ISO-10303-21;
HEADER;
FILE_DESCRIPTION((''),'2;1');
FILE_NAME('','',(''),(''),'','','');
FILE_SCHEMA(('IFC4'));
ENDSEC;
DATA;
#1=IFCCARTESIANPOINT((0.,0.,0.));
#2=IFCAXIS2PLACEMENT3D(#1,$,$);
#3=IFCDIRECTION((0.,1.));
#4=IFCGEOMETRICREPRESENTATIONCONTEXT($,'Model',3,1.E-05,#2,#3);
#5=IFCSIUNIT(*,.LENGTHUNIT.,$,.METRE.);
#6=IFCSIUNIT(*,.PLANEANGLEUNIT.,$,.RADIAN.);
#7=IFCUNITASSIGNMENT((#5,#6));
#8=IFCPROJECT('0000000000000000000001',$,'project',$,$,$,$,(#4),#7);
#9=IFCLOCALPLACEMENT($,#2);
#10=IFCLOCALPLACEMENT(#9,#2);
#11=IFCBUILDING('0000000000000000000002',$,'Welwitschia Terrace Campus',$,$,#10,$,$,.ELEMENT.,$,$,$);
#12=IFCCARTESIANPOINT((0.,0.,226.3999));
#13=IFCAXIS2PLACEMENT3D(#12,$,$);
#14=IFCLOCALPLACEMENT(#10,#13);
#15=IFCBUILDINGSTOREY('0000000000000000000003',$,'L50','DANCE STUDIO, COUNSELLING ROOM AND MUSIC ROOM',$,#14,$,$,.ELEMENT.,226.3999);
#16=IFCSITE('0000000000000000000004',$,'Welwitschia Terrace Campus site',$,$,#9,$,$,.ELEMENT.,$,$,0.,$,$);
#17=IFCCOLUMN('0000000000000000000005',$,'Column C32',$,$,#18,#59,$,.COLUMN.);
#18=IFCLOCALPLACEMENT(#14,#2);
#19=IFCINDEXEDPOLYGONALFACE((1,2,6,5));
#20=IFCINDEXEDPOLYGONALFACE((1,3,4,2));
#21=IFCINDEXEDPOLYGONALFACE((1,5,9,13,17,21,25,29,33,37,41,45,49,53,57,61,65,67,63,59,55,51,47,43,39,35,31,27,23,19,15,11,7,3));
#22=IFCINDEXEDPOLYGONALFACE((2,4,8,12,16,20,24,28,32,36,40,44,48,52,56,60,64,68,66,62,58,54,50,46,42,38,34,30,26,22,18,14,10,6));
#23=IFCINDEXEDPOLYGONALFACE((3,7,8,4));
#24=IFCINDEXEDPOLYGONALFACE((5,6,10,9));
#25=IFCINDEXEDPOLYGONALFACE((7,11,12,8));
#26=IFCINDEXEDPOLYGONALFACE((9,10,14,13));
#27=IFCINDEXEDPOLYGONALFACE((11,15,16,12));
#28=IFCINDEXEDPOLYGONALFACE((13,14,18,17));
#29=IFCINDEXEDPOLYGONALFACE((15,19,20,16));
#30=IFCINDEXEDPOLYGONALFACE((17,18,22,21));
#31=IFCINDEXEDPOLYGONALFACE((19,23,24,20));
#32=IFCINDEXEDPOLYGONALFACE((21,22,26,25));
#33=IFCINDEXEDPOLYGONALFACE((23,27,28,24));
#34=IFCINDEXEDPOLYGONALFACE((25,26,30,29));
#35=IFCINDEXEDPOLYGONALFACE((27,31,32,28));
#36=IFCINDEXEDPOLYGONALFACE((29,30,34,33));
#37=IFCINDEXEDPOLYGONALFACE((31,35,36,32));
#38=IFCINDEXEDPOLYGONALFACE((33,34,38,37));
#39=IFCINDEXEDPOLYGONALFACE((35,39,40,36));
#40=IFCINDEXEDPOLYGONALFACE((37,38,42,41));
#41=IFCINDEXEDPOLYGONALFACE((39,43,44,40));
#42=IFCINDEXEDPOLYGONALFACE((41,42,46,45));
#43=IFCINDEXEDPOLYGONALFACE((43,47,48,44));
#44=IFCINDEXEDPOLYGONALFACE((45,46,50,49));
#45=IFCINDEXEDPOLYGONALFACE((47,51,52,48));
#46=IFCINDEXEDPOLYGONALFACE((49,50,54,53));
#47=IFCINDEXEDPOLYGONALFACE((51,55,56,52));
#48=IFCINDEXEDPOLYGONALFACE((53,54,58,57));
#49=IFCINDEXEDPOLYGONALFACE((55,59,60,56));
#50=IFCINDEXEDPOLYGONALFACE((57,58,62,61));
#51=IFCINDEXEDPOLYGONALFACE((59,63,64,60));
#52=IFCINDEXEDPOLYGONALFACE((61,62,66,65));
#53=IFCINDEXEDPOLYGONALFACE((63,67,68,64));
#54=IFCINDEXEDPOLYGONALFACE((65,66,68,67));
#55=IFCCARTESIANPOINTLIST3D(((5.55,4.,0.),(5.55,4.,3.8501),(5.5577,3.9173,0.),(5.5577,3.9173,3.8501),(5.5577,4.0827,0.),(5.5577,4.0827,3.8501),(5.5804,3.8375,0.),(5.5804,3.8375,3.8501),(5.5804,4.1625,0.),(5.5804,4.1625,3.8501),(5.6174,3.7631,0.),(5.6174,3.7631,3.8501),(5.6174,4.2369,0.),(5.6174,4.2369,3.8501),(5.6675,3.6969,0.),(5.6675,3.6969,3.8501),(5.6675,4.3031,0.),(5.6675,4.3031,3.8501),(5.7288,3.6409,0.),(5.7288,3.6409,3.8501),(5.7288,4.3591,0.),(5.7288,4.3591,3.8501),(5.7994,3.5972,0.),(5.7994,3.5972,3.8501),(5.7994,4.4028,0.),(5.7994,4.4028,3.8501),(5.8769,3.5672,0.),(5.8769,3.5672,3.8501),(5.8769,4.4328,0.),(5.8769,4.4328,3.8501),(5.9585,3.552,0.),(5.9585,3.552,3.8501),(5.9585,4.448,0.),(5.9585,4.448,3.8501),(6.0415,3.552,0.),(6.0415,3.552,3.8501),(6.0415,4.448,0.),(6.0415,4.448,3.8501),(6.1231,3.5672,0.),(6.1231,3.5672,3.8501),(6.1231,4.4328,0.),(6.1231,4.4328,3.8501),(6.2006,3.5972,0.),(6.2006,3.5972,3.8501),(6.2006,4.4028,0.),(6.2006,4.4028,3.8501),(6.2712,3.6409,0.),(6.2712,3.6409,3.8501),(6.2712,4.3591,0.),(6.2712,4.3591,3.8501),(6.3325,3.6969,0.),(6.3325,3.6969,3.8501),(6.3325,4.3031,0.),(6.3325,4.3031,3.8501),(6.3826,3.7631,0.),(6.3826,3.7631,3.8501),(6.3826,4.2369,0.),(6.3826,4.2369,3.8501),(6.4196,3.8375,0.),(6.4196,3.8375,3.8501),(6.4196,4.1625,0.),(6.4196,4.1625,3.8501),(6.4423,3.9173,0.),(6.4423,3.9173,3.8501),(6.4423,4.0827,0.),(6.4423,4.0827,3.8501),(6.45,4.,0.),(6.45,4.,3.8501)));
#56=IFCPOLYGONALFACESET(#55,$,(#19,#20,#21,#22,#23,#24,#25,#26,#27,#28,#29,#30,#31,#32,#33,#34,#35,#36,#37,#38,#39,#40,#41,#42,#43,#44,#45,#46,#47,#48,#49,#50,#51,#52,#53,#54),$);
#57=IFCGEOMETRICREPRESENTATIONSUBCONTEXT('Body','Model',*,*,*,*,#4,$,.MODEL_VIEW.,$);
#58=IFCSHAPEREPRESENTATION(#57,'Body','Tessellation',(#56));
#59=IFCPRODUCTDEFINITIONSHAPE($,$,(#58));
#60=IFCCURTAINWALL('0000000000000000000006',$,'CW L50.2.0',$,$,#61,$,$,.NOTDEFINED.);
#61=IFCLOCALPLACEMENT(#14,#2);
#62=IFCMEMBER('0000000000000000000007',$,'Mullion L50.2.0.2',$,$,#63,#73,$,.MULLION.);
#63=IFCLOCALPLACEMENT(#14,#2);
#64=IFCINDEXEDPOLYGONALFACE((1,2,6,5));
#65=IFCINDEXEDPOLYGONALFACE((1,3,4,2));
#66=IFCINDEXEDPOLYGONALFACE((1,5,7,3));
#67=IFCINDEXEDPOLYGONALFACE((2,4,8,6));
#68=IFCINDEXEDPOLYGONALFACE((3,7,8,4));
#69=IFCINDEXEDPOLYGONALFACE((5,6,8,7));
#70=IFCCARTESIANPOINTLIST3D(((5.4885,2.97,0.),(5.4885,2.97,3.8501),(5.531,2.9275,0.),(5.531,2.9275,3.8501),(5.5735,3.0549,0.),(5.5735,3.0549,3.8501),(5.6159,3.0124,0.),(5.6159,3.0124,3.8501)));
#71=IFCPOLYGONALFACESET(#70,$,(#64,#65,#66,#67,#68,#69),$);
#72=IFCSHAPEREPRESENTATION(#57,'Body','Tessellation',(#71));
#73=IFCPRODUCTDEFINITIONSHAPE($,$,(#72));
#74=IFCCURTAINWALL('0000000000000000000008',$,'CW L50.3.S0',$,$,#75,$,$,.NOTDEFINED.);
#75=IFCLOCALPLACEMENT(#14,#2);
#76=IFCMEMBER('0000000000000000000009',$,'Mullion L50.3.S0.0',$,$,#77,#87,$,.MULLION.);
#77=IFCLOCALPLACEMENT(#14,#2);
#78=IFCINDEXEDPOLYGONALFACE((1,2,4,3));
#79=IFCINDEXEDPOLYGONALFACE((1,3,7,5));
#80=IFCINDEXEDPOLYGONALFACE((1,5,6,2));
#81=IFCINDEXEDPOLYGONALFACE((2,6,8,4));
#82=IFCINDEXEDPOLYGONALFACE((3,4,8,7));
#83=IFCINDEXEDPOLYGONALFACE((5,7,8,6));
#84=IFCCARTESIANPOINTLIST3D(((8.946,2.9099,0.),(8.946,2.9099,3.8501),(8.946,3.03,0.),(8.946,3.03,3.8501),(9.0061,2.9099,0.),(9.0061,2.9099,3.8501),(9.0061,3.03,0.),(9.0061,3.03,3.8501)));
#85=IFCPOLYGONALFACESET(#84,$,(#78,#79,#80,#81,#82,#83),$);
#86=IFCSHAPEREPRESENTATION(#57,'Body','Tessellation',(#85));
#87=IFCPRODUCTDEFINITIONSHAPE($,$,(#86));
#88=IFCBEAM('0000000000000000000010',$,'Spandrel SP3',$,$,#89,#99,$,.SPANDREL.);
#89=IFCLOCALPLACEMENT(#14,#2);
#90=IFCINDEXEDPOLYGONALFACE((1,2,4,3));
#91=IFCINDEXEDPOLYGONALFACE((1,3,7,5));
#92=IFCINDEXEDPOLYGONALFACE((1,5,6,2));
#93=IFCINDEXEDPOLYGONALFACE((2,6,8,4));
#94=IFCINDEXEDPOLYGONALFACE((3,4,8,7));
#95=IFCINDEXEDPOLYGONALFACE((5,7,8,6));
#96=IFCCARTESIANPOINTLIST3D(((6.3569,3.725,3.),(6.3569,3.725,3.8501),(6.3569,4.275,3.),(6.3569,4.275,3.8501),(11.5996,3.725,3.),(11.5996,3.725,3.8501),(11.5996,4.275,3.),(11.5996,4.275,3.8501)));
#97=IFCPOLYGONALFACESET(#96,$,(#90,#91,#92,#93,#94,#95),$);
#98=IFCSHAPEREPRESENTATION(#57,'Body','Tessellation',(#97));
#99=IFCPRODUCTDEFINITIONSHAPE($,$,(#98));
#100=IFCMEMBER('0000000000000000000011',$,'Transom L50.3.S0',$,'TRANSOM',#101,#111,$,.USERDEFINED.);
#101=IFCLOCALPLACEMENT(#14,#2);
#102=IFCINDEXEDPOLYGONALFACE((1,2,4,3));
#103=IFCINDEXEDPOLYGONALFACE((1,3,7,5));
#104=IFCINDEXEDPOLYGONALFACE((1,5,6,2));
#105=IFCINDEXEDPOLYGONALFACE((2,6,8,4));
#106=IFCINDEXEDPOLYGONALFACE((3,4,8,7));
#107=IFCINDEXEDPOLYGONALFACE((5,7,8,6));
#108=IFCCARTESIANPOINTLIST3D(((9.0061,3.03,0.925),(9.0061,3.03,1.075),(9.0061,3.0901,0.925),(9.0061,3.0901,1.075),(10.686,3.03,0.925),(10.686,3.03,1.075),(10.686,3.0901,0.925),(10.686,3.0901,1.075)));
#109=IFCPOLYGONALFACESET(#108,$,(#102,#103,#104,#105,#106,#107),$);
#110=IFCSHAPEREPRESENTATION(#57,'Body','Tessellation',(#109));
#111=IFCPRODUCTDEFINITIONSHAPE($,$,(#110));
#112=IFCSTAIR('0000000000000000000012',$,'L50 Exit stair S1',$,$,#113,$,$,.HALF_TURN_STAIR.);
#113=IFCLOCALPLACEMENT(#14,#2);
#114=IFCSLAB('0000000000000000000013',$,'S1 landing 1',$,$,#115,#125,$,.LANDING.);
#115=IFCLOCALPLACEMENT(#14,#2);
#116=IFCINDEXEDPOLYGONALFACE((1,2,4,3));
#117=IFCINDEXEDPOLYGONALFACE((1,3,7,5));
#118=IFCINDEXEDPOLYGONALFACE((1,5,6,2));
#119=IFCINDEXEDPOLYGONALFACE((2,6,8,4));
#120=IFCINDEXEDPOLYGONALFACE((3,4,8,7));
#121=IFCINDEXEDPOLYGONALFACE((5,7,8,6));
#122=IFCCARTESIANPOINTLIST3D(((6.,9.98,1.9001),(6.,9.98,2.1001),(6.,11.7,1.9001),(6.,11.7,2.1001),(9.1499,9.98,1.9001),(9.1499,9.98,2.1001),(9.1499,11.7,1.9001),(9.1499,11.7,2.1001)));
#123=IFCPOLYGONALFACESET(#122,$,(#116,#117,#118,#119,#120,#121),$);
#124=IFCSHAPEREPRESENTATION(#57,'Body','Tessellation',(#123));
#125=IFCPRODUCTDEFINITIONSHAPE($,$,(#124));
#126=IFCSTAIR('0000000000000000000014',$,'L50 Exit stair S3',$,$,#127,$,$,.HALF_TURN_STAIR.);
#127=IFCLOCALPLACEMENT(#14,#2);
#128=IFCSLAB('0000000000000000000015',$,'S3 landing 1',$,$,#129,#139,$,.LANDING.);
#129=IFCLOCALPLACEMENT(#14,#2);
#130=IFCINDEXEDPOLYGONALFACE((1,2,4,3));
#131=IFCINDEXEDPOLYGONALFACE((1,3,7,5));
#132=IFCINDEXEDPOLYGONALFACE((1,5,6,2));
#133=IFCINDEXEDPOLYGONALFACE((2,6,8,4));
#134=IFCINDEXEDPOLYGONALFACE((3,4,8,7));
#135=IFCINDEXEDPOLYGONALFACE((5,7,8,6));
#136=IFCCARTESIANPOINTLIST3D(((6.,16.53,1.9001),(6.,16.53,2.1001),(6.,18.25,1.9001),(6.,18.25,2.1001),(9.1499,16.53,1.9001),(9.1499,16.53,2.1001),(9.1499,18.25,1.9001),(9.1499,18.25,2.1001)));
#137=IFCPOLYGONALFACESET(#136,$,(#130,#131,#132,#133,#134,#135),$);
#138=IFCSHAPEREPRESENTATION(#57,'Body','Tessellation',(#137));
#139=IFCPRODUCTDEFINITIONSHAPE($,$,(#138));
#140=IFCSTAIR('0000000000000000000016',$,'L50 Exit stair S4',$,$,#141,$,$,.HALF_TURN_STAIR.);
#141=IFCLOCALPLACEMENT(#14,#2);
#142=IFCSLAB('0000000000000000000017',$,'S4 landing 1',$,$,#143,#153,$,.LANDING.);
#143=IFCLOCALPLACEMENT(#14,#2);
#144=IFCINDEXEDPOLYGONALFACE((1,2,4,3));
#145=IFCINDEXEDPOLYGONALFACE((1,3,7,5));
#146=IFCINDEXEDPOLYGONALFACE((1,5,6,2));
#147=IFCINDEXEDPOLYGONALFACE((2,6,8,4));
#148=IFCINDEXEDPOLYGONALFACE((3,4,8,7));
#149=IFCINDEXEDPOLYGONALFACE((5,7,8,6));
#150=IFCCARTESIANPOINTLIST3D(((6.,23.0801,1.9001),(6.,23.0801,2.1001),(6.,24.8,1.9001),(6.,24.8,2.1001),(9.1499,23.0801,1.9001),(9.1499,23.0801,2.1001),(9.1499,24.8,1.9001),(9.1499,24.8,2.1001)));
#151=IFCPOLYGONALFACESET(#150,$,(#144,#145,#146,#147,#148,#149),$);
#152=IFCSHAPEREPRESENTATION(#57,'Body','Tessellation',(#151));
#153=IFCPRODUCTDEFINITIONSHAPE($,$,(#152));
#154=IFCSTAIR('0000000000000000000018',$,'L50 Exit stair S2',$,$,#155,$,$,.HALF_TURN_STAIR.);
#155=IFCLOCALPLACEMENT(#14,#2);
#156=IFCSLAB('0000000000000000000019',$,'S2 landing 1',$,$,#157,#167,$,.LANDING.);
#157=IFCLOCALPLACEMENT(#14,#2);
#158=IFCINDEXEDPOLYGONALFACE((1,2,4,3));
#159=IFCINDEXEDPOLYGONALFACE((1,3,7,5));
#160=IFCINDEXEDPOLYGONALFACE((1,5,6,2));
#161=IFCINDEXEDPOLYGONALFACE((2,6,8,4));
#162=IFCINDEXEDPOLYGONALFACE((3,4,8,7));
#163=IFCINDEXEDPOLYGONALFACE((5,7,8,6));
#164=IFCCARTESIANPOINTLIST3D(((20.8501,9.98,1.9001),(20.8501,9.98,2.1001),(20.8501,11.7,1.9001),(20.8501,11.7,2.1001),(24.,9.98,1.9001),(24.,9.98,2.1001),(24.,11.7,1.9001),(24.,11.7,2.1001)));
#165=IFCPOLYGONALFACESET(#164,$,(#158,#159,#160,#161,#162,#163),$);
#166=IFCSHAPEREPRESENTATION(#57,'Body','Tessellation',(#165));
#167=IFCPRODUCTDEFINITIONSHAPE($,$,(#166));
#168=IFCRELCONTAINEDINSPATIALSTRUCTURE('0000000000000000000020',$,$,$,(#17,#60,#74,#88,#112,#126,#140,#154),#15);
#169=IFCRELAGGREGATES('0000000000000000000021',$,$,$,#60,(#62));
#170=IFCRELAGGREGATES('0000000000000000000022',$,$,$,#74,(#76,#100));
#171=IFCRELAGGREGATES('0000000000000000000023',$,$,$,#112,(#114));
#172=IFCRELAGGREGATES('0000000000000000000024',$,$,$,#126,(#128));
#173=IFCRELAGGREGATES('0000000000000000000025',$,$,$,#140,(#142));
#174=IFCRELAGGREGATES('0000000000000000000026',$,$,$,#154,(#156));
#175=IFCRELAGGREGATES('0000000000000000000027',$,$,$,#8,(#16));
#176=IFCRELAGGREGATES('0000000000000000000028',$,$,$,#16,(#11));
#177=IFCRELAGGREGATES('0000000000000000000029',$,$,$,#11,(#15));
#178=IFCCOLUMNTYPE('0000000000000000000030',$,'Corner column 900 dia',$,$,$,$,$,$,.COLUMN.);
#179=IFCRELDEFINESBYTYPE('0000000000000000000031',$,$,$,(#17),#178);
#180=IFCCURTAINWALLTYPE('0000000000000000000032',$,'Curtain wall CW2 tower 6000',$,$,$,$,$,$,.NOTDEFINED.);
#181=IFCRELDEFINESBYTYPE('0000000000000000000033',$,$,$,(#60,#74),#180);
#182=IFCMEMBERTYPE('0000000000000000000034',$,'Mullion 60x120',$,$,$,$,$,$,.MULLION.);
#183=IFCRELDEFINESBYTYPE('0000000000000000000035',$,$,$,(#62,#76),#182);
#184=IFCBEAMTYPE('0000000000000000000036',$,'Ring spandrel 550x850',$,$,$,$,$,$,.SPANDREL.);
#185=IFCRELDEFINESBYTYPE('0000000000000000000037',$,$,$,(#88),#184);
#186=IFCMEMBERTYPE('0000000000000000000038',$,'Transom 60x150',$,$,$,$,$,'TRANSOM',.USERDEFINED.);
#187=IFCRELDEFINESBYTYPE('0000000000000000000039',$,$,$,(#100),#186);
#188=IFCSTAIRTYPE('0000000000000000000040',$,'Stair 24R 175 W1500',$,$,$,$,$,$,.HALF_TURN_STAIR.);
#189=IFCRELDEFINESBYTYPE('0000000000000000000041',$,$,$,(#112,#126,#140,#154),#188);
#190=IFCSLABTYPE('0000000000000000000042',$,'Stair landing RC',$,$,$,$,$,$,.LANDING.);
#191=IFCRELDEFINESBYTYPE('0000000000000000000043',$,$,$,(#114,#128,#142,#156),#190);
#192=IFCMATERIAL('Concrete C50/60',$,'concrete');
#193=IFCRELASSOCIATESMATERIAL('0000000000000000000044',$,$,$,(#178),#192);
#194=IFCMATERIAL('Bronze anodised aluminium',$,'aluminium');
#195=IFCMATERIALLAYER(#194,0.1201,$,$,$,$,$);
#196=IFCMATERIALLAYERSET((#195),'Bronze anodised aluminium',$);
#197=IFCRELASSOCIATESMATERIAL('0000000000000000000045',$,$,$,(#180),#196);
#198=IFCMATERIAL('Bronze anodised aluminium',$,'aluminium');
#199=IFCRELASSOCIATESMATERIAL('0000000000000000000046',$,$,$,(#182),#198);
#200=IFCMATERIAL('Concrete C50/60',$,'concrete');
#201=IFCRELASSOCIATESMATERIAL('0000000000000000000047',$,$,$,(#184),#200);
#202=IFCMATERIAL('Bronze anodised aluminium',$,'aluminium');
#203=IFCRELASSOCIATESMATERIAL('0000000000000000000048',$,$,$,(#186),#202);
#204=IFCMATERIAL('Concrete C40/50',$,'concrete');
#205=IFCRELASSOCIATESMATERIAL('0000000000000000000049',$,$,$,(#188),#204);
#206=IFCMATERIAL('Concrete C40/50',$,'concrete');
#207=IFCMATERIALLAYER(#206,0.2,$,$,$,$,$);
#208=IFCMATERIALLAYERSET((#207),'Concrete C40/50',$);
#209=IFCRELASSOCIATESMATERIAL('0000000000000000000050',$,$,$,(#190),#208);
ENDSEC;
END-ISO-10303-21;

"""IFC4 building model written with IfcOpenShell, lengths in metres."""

from ifc_helpers import new_model, si_unit, direction, frame, origin, origin_2d, place, context, subcontext, project, spatial, polyline, rectangle, circle, outline, extrude, material, layer, layer_set, material_profile, profile_set, type_object, element, aggregate, save


model = new_model("IFC4")

# Units and contexts
model_context = context("Model", 3, precision=1e-05, world=origin(), true_north=direction((0.0, 1.0)))
body_context = subcontext(model_context, "Body", "Model", "MODEL_VIEW")
ifc_project = project(units=[si_unit("LENGTHUNIT", "METRE"), si_unit("PLANEANGLEUNIT", "RADIAN")], contexts=[model_context])

# Site, building, storey
site_placement = place(None, origin())
site = spatial("IfcSite", under=ifc_project, at=site_placement, Name="Welwitschia Terrace Campus site", CompositionType="ELEMENT", RefElevation=0.0)
building_placement = place(site_placement, origin())
building = spatial("IfcBuilding", under=site, at=building_placement, Name="Welwitschia Terrace Campus", CompositionType="ELEMENT")
storey_placement = place(building_placement, frame((0.0, 0.0, 226.3999)))
storey = spatial("IfcBuildingStorey", under=building, at=storey_placement, Name="L50", Description="DANCE STUDIO, COUNSELLING ROOM AND MUSIC ROOM", CompositionType="ELEMENT", Elevation=226.3999)

# Column
ifc_material_1 = material(Name="Concrete C50/60", Category="concrete")
ifc_material_profile_1 = material_profile(ifc_material_1, circle(Radius=0.45, at=origin_2d()))
ifc_profile_set_1 = profile_set([ifc_material_profile_1], Name="Concrete C50/60")
column_type = type_object("IfcColumnType", Name="Corner column 900 dia", PredefinedType="COLUMN", material=ifc_profile_set_1)
column_placement = place(storey_placement, frame((6.0, 4.0, 0.0), z_axis=(0.0, 0.0, 1.0), x_axis=(1.0, 0.0, 0.0)))
element("IfcColumn", 1, at=column_placement, inside=storey, type_object=column_type, Name="Column C32", PredefinedType="COLUMN", context=body_context, shape_type="SweptSolid", body=[
    extrude(circle(Radius=0.45, at=origin_2d()), origin(), (0.0, 0.0, 1.0), 3.8501),
])

# Curtain walls, members
ifc_material_2 = material(Name="Bronze anodised aluminium", Category="aluminium")
ifc_layer_1 = layer(ifc_material_2, 0.1201)
ifc_layer_set_1 = layer_set([ifc_layer_1], Name="Bronze anodised aluminium")
curtain_wall_type = type_object("IfcCurtainWallType", Name="Curtain wall CW2 tower 6000", PredefinedType="NOTDEFINED", material=ifc_layer_set_1)
curtain_wall_1_placement = place(storey_placement, origin())
curtain_wall_1 = element("IfcCurtainWall", 2, at=curtain_wall_1_placement, inside=storey, type_object=curtain_wall_type, Name="CW L50.2.0", PredefinedType="NOTDEFINED")
ifc_material_3 = material(Name="Bronze anodised aluminium", Category="aluminium")
ifc_material_profile_2 = material_profile(ifc_material_3, rectangle(XDim=0.1201, YDim=0.0601, at=origin_2d()))
ifc_profile_set_2 = profile_set([ifc_material_profile_2], Name="Bronze anodised aluminium")
member_type_1 = type_object("IfcMemberType", Name="Mullion 60x120", PredefinedType="MULLION", material=ifc_profile_set_2)
member_1_placement = place(storey_placement, frame((5.5522, 2.9912, 0.0), z_axis=(0.0, 0.0, 1.0), x_axis=(0.707107, 0.707107, 0.0)))
member_1 = element("IfcMember", 3, at=member_1_placement, type_object=member_type_1, Name="Mullion L50.2.0.2", PredefinedType="MULLION", context=body_context, shape_type="SweptSolid", body=[
    extrude(rectangle(XDim=0.1201, YDim=0.0601, at=origin_2d()), origin(), (0.0, 0.0, 1.0), 3.8501),
])
aggregate(curtain_wall_1, [member_1])
curtain_wall_2_placement = place(storey_placement, origin())
curtain_wall_2 = element("IfcCurtainWall", 4, at=curtain_wall_2_placement, inside=storey, type_object=curtain_wall_type, Name="CW L50.3.S0", PredefinedType="NOTDEFINED")
member_2_placement = place(storey_placement, frame((8.9761, 2.97, 0.0), z_axis=(0.0, 0.0, 1.0), x_axis=(0.0, 1.0, 0.0)))
member_2 = element("IfcMember", 5, at=member_2_placement, type_object=member_type_1, Name="Mullion L50.3.S0.0", PredefinedType="MULLION", context=body_context, shape_type="SweptSolid", body=[
    extrude(rectangle(XDim=0.1201, YDim=0.0601, at=origin_2d()), origin(), (0.0, 0.0, 1.0), 3.8501),
])

# Beam
ifc_material_4 = material(Name="Concrete C50/60", Category="concrete")
ifc_material_profile_3 = material_profile(ifc_material_4, rectangle(XDim=0.55, YDim=0.8501, at=origin_2d()))
ifc_profile_set_3 = profile_set([ifc_material_profile_3], Name="Concrete C50/60")
beam_type = type_object("IfcBeamType", Name="Ring spandrel 550x850", PredefinedType="SPANDREL", material=ifc_profile_set_3)
beam_placement = place(storey_placement, frame((6.3569, 4.0, 3.425), z_axis=(1.0, 0.0, 0.0), x_axis=(0.0, 1.0, 0.0)))
element("IfcBeam", 6, at=beam_placement, inside=storey, type_object=beam_type, Name="Spandrel SP3", PredefinedType="SPANDREL", context=body_context, shape_type="SweptSolid", body=[
    extrude(rectangle(XDim=0.55, YDim=0.8501, at=origin_2d()), origin(), (0.0, 0.0, 1.0), 5.2427),
])

# Member
ifc_material_5 = material(Name="Bronze anodised aluminium", Category="aluminium")
ifc_material_profile_4 = material_profile(ifc_material_5, rectangle(XDim=0.0601, YDim=0.1499, at=origin_2d()))
ifc_profile_set_4 = profile_set([ifc_material_profile_4], Name="Bronze anodised aluminium")
member_type_2 = type_object("IfcMemberType", Name="Transom 60x150", ElementType="TRANSOM", PredefinedType="USERDEFINED", material=ifc_profile_set_4)
member_3_placement = place(storey_placement, frame((9.0061, 3.0601, 1.0), z_axis=(1.0, 0.0, 0.0), x_axis=(0.0, 1.0, 0.0)))
member_3 = element("IfcMember", 7, at=member_3_placement, type_object=member_type_2, Name="Transom L50.3.S0", ObjectType="TRANSOM", PredefinedType="USERDEFINED", context=body_context, shape_type="SweptSolid", body=[
    extrude(rectangle(XDim=0.0601, YDim=0.1499, at=origin_2d()), origin(), (0.0, 0.0, 1.0), 1.6799),
])
aggregate(curtain_wall_2, [member_2, member_3])

# Stairs, slabs
ifc_material_6 = material(Name="Concrete C40/50", Category="concrete")
stair_type = type_object("IfcStairType", Name="Stair 24R 175 W1500", PredefinedType="HALF_TURN_STAIR", material=ifc_material_6)
stair_1_placement = place(storey_placement, origin())
stair_1 = element("IfcStair", 8, at=stair_1_placement, inside=storey, type_object=stair_type, Name="L50 Exit stair S1", PredefinedType="HALF_TURN_STAIR")
ifc_material_7 = material(Name="Concrete C40/50", Category="concrete")
ifc_layer_2 = layer(ifc_material_7, 0.2)
ifc_layer_set_2 = layer_set([ifc_layer_2], Name="Concrete C40/50")
slab_type_1 = type_object("IfcSlabType", Name="Stair landing RC", PredefinedType="LANDING", material=ifc_layer_set_2)
slab_1_placement = place(storey_placement, frame((0.0, 0.0, 1.9001)))
slab_1 = element("IfcSlab", 9, at=slab_1_placement, type_object=slab_type_1, Name="S1 landing 1", PredefinedType="LANDING", context=body_context, shape_type="SweptSolid", body=[
    extrude(outline(polyline([(9.1499, 9.98), (9.1499, 11.7), (6.0, 11.7), (6.0, 9.98), (9.1499, 9.98)])), origin(), (0.0, 0.0, 1.0), 0.2),
])
aggregate(stair_1, [slab_1])
stair_2_placement = place(storey_placement, origin())
stair_2 = element("IfcStair", 10, at=stair_2_placement, inside=storey, type_object=stair_type, Name="L50 Exit stair S3", PredefinedType="HALF_TURN_STAIR")
slab_2_placement = place(storey_placement, frame((0.0, 0.0, 1.9001)))
slab_2 = element("IfcSlab", 11, at=slab_2_placement, type_object=slab_type_1, Name="S3 landing 1", PredefinedType="LANDING", context=body_context, shape_type="SweptSolid", body=[
    extrude(outline(polyline([(9.1499, 16.53), (9.1499, 18.25), (6.0, 18.25), (6.0, 16.53), (9.1499, 16.53)])), origin(), (0.0, 0.0, 1.0), 0.2),
])
aggregate(stair_2, [slab_2])
stair_3_placement = place(storey_placement, origin())
stair_3 = element("IfcStair", 12, at=stair_3_placement, inside=storey, type_object=stair_type, Name="L50 Exit stair S4", PredefinedType="HALF_TURN_STAIR")
slab_3_placement = place(storey_placement, frame((0.0, 0.0, 1.9001)))
slab_3 = element("IfcSlab", 13, at=slab_3_placement, type_object=slab_type_1, Name="S4 landing 1", PredefinedType="LANDING", context=body_context, shape_type="SweptSolid", body=[
    extrude(outline(polyline([(9.1499, 23.0801), (9.1499, 24.8), (6.0, 24.8), (6.0, 23.0801), (9.1499, 23.0801)])), origin(), (0.0, 0.0, 1.0), 0.2),
])
aggregate(stair_3, [slab_3])
stair_4_placement = place(storey_placement, origin())
stair_4 = element("IfcStair", 14, at=stair_4_placement, inside=storey, type_object=stair_type, Name="L50 Exit stair S2", PredefinedType="HALF_TURN_STAIR")
slab_4_placement = place(storey_placement, frame((0.0, 0.0, 1.9001)))
slab_4 = element("IfcSlab", 15, at=slab_4_placement, type_object=slab_type_1, Name="S2 landing 1", PredefinedType="LANDING", context=body_context, shape_type="SweptSolid", body=[
    extrude(outline(polyline([(24.0, 9.98), (24.0, 11.7), (20.8501, 11.7), (20.8501, 9.98), (24.0, 9.98)])), origin(), (0.0, 0.0, 1.0), 0.2),
])
aggregate(stair_4, [slab_4])

save(model, "model.ifc")
